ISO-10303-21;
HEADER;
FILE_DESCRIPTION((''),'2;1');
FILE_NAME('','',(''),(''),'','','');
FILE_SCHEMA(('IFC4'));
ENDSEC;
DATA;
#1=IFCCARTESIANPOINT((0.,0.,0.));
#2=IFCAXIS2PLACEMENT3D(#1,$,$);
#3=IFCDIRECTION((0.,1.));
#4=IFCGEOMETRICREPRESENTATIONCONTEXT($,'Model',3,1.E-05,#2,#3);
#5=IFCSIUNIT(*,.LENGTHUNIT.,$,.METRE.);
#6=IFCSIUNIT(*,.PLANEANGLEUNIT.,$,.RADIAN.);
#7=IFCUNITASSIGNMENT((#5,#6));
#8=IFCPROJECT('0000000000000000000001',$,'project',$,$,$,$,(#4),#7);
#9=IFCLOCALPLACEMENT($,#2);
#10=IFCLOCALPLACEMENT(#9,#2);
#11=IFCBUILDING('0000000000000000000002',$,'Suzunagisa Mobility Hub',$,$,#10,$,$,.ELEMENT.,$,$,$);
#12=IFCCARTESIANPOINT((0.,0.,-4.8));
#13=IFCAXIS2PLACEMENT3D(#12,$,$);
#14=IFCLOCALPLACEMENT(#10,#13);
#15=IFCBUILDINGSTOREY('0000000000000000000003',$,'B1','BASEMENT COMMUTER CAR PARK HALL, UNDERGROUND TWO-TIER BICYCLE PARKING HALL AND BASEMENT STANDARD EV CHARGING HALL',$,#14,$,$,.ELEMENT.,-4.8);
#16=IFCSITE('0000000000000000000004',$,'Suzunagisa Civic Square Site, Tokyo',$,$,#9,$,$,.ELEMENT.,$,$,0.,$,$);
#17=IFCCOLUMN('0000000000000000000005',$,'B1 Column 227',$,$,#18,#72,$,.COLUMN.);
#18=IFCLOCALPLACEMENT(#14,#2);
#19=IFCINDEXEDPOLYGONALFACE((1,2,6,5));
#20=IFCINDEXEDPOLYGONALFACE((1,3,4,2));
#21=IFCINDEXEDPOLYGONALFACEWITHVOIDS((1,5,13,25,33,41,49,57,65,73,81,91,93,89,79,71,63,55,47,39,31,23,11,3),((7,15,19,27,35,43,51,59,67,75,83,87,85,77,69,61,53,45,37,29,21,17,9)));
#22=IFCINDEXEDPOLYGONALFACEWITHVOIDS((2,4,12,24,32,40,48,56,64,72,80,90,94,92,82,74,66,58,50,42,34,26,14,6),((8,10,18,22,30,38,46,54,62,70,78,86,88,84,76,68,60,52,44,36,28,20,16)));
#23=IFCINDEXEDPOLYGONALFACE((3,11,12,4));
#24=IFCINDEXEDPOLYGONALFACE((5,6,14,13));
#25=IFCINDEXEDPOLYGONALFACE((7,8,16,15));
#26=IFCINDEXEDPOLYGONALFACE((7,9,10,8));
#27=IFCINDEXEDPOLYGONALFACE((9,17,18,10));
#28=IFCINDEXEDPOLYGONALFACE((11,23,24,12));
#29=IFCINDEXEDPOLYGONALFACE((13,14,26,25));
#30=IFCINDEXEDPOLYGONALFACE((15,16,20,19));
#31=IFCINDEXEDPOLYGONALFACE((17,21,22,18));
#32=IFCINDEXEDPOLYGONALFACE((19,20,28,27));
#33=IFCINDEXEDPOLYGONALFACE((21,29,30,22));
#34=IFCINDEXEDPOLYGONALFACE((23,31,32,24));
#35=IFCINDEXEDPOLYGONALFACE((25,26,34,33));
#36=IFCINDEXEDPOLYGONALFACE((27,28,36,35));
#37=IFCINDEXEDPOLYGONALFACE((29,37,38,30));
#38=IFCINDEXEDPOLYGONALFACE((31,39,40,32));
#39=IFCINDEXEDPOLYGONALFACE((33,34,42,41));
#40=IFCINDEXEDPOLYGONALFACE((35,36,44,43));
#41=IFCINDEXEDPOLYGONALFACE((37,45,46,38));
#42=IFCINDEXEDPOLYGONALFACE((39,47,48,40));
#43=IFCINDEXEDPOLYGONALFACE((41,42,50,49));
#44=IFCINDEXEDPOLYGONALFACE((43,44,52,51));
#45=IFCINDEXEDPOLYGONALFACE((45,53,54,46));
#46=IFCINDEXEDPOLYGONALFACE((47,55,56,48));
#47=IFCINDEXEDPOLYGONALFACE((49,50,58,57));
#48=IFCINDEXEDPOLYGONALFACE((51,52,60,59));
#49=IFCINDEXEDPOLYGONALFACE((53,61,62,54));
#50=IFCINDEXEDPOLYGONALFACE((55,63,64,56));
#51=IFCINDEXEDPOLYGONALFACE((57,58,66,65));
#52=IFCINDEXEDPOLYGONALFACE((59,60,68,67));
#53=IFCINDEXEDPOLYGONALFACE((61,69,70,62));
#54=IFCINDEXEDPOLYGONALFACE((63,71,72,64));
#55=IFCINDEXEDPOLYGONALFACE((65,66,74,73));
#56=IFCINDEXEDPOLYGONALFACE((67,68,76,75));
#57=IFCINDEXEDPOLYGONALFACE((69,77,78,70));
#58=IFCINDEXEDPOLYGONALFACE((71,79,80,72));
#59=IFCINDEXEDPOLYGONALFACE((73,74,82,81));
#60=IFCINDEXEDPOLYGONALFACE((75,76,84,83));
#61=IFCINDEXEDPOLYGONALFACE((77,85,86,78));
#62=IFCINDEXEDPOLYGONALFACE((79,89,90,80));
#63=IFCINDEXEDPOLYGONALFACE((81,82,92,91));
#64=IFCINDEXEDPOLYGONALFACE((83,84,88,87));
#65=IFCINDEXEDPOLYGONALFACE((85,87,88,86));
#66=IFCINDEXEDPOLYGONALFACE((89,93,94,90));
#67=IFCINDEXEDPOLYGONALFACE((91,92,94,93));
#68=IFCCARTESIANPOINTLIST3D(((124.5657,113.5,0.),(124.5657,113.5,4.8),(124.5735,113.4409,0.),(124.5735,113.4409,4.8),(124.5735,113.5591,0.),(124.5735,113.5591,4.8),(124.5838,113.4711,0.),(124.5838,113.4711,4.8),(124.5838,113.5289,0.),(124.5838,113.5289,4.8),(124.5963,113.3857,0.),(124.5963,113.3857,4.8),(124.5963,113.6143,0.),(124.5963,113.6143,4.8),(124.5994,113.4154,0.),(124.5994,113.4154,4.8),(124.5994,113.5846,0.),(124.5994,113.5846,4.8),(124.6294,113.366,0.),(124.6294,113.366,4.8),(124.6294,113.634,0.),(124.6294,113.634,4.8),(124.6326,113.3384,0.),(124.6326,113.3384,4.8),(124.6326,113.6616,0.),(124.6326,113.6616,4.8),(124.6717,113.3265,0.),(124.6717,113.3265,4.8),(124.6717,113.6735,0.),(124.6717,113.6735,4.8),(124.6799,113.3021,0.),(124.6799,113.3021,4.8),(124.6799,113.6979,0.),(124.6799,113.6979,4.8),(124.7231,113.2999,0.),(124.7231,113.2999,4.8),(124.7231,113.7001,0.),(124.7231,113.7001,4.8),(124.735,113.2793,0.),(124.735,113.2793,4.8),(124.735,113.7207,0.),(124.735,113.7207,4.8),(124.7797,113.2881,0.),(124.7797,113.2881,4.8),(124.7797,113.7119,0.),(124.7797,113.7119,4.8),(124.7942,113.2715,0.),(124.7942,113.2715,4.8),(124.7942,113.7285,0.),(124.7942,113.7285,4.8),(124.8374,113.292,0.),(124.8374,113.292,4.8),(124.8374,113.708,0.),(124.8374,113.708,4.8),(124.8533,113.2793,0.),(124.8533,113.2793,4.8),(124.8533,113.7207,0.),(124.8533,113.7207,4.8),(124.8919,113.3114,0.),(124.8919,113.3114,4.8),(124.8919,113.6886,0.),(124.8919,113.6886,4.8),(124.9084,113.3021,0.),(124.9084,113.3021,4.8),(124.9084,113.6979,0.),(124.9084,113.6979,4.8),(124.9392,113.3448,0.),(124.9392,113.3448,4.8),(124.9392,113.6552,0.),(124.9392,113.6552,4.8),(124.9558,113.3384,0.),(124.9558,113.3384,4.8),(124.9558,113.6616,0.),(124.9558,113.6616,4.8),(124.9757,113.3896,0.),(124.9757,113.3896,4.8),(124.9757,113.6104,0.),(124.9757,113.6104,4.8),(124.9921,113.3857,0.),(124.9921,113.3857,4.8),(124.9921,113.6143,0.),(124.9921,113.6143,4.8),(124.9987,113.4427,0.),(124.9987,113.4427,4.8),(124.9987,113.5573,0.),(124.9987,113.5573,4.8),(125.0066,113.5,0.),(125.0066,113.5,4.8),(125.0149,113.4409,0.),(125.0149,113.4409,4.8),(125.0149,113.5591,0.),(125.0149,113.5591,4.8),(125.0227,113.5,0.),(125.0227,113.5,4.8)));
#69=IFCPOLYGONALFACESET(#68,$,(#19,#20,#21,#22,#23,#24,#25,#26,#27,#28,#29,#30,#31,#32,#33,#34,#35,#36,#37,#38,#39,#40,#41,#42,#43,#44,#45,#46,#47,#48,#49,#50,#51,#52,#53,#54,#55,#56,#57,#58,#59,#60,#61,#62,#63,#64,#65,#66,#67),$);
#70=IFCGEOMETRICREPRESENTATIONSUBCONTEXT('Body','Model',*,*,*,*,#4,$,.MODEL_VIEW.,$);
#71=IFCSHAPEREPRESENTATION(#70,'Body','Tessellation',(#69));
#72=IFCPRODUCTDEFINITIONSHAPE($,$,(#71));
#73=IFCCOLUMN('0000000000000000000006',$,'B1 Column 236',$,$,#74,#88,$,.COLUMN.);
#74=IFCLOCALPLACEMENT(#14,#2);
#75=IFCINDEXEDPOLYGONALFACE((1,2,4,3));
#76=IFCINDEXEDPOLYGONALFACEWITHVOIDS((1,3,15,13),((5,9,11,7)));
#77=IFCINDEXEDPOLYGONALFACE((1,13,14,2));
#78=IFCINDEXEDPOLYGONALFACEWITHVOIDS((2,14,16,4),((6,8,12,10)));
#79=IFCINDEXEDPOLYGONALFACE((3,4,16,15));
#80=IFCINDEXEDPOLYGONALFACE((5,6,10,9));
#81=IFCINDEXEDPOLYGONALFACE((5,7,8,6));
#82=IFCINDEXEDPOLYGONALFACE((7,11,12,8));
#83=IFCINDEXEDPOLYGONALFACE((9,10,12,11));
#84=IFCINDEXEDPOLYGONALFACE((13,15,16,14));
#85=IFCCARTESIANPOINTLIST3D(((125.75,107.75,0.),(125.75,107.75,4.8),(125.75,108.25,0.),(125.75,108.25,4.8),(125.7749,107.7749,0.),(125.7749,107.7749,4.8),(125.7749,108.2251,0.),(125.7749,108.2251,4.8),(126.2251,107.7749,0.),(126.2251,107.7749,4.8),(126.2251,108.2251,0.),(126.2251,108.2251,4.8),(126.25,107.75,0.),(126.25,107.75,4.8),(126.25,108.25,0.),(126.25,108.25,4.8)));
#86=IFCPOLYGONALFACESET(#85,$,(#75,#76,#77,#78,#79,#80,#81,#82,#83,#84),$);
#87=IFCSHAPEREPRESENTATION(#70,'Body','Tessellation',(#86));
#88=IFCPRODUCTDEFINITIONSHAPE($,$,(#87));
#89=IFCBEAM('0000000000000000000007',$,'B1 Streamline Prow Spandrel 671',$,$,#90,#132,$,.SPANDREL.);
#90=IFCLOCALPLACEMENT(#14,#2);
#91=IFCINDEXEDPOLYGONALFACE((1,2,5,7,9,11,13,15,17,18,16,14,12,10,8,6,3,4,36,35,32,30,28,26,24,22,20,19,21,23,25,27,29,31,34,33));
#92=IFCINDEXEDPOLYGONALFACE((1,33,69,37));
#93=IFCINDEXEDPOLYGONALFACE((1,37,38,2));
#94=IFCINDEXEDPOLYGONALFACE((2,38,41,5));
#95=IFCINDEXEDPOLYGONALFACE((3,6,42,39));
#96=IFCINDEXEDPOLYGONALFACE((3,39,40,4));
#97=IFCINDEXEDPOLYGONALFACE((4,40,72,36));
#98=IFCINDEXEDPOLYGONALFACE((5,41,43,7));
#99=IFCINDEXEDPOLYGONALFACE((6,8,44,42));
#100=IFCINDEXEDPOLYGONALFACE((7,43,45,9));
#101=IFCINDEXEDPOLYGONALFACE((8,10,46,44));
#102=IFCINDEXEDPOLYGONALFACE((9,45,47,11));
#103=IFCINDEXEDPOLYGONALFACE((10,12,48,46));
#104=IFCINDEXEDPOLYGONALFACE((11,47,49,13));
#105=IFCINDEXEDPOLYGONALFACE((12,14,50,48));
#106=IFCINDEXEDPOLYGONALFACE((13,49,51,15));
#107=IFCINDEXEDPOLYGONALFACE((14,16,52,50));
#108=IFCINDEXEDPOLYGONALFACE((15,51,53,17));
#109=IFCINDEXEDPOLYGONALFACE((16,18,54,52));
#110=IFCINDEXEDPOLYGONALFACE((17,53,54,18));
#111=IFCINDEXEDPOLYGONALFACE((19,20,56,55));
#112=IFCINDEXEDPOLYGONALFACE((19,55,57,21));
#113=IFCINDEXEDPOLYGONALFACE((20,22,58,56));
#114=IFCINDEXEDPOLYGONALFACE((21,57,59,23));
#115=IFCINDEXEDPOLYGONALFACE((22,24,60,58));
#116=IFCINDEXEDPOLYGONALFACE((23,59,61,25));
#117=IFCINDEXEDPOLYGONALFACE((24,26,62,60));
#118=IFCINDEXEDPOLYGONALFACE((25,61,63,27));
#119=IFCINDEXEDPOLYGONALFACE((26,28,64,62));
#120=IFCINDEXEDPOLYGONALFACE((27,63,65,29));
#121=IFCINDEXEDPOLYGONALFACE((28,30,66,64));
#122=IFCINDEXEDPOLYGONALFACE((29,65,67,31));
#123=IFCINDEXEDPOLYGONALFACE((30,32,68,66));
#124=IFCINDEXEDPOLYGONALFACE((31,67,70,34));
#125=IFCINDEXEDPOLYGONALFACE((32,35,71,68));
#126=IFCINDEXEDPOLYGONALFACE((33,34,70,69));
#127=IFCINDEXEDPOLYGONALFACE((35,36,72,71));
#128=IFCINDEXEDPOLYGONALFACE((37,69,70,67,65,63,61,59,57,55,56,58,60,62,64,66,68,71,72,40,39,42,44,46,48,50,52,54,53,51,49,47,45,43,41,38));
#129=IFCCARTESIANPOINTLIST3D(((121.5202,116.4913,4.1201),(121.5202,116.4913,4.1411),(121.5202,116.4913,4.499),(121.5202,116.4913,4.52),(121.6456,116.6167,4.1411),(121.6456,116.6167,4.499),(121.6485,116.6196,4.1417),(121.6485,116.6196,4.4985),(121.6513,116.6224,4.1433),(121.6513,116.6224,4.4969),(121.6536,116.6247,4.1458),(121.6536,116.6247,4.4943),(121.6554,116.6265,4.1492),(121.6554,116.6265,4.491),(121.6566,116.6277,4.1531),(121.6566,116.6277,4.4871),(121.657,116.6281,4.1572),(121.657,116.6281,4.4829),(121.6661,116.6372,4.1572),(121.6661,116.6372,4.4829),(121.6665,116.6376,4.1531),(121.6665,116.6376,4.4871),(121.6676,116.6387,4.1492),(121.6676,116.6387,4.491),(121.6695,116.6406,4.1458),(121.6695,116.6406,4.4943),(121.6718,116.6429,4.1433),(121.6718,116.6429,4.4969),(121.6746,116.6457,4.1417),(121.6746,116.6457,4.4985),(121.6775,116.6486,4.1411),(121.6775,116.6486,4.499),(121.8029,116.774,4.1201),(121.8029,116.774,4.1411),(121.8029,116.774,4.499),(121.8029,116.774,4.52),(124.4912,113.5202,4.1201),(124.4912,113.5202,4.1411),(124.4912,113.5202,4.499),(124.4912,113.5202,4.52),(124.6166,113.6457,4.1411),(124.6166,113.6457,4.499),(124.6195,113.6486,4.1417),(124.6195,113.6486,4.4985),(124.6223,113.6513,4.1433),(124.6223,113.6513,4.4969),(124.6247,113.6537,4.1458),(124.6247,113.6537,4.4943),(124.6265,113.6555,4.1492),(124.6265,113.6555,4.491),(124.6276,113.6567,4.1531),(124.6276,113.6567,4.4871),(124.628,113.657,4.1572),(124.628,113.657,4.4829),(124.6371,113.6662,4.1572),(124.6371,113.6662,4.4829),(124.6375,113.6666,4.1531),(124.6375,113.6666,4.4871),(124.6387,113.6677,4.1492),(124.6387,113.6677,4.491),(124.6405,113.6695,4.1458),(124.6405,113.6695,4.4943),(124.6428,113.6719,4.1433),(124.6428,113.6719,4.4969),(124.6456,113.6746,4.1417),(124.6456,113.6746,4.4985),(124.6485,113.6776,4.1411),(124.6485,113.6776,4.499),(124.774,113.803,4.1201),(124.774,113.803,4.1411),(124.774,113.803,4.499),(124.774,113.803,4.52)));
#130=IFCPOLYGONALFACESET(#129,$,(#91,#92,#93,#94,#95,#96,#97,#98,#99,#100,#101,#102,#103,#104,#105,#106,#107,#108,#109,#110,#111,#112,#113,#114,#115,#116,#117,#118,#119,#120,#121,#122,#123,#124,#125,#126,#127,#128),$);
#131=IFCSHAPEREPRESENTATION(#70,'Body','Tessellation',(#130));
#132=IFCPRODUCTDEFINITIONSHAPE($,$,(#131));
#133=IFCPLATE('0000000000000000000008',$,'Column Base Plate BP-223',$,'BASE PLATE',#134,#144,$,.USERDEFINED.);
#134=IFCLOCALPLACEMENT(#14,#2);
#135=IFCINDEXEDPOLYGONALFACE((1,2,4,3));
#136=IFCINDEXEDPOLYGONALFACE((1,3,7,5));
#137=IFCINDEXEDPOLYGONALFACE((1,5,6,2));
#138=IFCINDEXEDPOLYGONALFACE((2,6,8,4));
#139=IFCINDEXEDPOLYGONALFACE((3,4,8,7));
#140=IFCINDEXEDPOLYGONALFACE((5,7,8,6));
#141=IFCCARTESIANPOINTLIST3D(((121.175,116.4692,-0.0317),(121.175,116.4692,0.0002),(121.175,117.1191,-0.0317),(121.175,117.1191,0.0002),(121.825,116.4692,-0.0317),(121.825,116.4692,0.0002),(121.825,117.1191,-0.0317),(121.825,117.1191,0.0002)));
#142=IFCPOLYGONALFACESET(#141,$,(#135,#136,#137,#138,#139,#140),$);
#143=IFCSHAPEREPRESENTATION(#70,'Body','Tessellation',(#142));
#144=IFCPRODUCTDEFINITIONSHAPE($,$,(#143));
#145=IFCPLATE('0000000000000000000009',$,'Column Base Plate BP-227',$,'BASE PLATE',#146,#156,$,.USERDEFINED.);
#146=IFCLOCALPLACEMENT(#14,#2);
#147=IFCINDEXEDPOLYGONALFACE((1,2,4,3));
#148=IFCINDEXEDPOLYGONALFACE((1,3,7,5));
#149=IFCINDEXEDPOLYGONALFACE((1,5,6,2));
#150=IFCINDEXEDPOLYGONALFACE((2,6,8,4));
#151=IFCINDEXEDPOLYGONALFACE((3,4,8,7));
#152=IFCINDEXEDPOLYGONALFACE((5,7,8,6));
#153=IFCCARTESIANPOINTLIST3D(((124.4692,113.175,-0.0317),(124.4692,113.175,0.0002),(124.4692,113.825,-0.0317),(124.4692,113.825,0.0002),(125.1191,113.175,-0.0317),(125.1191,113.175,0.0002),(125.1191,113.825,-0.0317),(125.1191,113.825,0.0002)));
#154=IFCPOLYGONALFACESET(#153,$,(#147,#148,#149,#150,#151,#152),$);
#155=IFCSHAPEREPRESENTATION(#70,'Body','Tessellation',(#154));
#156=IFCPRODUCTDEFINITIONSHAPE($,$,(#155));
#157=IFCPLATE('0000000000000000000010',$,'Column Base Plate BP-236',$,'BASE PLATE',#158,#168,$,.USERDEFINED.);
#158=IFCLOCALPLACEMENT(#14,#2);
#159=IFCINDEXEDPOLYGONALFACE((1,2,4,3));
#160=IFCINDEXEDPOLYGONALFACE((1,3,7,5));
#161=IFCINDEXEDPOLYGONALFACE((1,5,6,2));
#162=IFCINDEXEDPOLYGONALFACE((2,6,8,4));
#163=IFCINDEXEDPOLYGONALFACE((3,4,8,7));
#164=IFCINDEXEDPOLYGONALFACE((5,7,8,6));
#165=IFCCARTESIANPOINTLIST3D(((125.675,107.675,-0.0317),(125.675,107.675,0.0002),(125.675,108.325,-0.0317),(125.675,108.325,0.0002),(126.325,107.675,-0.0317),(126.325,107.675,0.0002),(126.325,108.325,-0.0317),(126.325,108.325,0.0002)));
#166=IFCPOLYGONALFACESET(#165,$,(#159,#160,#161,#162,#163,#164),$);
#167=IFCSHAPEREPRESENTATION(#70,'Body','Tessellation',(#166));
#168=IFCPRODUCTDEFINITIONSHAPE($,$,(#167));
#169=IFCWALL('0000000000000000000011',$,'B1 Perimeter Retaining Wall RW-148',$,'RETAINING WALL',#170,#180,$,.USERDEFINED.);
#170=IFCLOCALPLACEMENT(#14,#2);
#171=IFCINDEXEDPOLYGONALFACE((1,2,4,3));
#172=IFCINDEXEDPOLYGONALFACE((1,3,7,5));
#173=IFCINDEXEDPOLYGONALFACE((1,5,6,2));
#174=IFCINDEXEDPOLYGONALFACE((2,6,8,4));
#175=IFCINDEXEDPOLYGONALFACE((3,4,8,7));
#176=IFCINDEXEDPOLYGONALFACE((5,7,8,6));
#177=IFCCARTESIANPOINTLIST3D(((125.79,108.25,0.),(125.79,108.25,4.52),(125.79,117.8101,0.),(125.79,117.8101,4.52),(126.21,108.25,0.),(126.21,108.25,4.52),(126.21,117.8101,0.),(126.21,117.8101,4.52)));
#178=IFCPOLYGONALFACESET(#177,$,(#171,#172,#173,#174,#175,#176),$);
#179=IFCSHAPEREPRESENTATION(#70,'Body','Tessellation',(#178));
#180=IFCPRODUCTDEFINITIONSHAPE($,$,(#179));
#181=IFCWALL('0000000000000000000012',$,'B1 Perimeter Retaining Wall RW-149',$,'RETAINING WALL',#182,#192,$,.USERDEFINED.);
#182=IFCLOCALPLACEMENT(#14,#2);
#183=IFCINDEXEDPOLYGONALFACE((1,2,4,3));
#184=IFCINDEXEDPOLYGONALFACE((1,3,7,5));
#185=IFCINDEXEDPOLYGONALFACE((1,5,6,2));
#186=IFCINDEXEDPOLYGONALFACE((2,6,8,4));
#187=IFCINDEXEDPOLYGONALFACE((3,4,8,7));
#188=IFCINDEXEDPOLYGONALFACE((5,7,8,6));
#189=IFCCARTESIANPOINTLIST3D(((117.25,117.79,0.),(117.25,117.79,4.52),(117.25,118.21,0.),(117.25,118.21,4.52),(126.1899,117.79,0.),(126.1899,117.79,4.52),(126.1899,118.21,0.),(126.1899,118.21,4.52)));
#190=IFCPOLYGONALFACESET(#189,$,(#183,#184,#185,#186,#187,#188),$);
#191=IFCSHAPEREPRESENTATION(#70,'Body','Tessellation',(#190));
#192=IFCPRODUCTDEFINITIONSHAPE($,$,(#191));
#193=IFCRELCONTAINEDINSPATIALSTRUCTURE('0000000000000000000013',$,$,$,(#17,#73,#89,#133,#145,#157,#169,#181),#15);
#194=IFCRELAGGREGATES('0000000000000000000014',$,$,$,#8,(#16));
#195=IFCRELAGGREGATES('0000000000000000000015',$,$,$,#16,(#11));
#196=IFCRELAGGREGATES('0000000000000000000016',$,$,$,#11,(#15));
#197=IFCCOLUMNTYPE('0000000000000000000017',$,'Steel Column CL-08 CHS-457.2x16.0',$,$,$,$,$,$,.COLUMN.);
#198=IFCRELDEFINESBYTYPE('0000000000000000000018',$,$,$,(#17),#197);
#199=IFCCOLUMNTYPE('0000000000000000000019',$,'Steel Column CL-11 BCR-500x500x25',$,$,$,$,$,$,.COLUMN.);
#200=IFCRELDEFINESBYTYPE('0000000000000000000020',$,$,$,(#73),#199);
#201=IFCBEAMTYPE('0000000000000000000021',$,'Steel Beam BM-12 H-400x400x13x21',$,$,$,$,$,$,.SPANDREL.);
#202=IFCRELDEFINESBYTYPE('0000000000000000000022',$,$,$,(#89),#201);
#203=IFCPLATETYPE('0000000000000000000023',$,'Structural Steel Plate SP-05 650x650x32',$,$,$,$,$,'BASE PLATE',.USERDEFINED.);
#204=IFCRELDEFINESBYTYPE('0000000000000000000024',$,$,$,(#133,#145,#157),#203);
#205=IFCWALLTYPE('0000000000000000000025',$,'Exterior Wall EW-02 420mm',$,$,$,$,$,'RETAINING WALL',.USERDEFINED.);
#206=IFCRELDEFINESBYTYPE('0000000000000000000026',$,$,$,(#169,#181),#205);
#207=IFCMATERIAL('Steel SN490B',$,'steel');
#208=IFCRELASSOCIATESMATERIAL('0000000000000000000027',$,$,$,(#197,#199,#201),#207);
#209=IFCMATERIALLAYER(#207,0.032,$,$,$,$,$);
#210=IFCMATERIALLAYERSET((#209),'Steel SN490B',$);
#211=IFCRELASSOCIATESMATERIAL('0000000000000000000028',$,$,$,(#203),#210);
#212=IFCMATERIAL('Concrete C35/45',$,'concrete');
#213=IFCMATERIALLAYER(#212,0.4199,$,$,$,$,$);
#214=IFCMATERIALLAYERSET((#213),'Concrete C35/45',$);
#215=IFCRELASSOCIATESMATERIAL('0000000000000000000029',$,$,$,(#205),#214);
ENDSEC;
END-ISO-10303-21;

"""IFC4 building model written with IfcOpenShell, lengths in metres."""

from ifc_helpers import new_model, si_unit, direction, frame, frame_2d, origin, origin_2d, place, context, subcontext, project, spatial, rectangle, hollow_rectangle, hollow_circle, i_section, extrude, material, layer, layer_set, material_profile, profile_set, type_object, element, save


model = new_model("IFC4")

# Units and contexts
model_context = context("Model", 3, precision=1e-05, world=origin(), true_north=direction((0.0, 1.0)))
body_context = subcontext(model_context, "Body", "Model", "MODEL_VIEW")
ifc_project = project(units=[si_unit("LENGTHUNIT", "METRE"), si_unit("PLANEANGLEUNIT", "RADIAN")], contexts=[model_context])

# Site, building, storey
site_placement = place(None, origin())
site = spatial("IfcSite", under=ifc_project, at=site_placement, Name="Suzunagisa Civic Square Site, Tokyo", CompositionType="ELEMENT", RefElevation=0.0)
building_placement = place(site_placement, origin())
building = spatial("IfcBuilding", under=site, at=building_placement, Name="Suzunagisa Mobility Hub", CompositionType="ELEMENT")
storey_placement = place(building_placement, frame((0.0, 0.0, -4.8)))
storey = spatial("IfcBuildingStorey", under=building, at=storey_placement, Name="B1", Description="BASEMENT COMMUTER CAR PARK HALL, UNDERGROUND TWO-TIER BICYCLE PARKING HALL AND BASEMENT STANDARD EV CHARGING HALL", CompositionType="ELEMENT", Elevation=-4.8)

# Shared definitions
ifc_material_1 = material(Name="Concrete C35/45", Category="concrete")

# Columns
ifc_material_2 = material(Name="Steel SN490B", Category="steel")
ifc_material_profile_1 = material_profile(ifc_material_2, hollow_circle(Radius=0.2285, WallThickness=0.0161, at=origin_2d()), Name="CHS-457.2x16.0")
ifc_profile_set_1 = profile_set([ifc_material_profile_1], Name="Steel SN490B")
column_type_1 = type_object("IfcColumnType", Name="Steel Column CL-08 CHS-457.2x16.0", PredefinedType="COLUMN", material=ifc_profile_set_1)
for number, where, z_axis, x_axis, name in (
    (1, (124.7942, 113.5, 0.0), (0.0, 0.0, 1.0), (1.0, 0.0, 0.0), "B1 Column 227"),
):
    element("IfcColumn", number, at=place(storey_placement, frame(where, z_axis=z_axis, x_axis=x_axis)), inside=storey, type_object=column_type_1, Name=name, PredefinedType="COLUMN", context=body_context, shape_type="SweptSolid", body=[
        extrude(hollow_circle(Radius=0.2285, WallThickness=0.0161, at=origin_2d()), origin(), (0.0, 0.0, 1.0), 4.8),
    ])
ifc_material_profile_2 = material_profile(ifc_material_2, hollow_rectangle(XDim=0.5, YDim=0.5, WallThickness=0.0249, at=origin_2d()), Name="BCR-500x500x25")
ifc_profile_set_2 = profile_set([ifc_material_profile_2], Name="Steel SN490B")
column_type_2 = type_object("IfcColumnType", Name="Steel Column CL-11 BCR-500x500x25", PredefinedType="COLUMN", material=ifc_profile_set_2)
column_placement = place(storey_placement, frame((126.0, 108.0, 0.0), z_axis=(0.0, 0.0, 1.0), x_axis=(1.0, 0.0, 0.0)))
element("IfcColumn", 2, at=column_placement, inside=storey, type_object=column_type_2, Name="B1 Column 236", PredefinedType="COLUMN", context=body_context, shape_type="SweptSolid", body=[
    extrude(hollow_rectangle(XDim=0.5, YDim=0.5, WallThickness=0.0249, at=origin_2d()), origin(), (0.0, 0.0, 1.0), 4.8),
])

# Beam
ifc_material_profile_3 = material_profile(ifc_material_2, i_section(OverallWidth=0.3999, OverallDepth=0.3999, WebThickness=0.0129, FlangeThickness=0.021, FilletRadius=0.0161, at=origin_2d()), Name="H-400x400x13x21")
ifc_profile_set_3 = profile_set([ifc_material_profile_3], Name="Steel SN490B")
beam_type = type_object("IfcBeamType", Name="Steel Beam BM-12 H-400x400x13x21", PredefinedType="SPANDREL", material=ifc_profile_set_3)
beam_placement = place(storey_placement, frame((124.6326, 113.6616, 4.3201), z_axis=(-0.707107, 0.707107, 0.0), x_axis=(-0.707107, -0.707107, 0.0)))
element("IfcBeam", 3, at=beam_placement, inside=storey, type_object=beam_type, Name="B1 Streamline Prow Spandrel 671", PredefinedType="SPANDREL", context=body_context, shape_type="SweptSolid", body=[
    extrude(i_section(OverallWidth=0.3999, OverallDepth=0.3999, WebThickness=0.0129, FlangeThickness=0.021, FilletRadius=0.0161, at=origin_2d()), origin(), (0.0, 0.0, 1.0), 4.2017),
])

# Plates
ifc_layer_1 = layer(ifc_material_2, 0.032)
ifc_layer_set_1 = layer_set([ifc_layer_1], Name="Steel SN490B")
plate_type = type_object("IfcPlateType", Name="Structural Steel Plate SP-05 650x650x32", ElementType="BASE PLATE", PredefinedType="USERDEFINED", material=ifc_layer_set_1)
for number, where, z_axis, x_axis, name in (
    (4, (121.5, 116.7942, -0.0317), (0.0, 0.0, 1.0), (1.0, 0.0, 0.0), "Column Base Plate BP-223"),
    (5, (124.7942, 113.5, -0.0317), (0.0, 0.0, 1.0), (1.0, 0.0, 0.0), "Column Base Plate BP-227"),
    (6, (126.0, 108.0, -0.0317), (0.0, 0.0, 1.0), (1.0, 0.0, 0.0), "Column Base Plate BP-236"),
):
    element("IfcPlate", number, at=place(storey_placement, frame(where, z_axis=z_axis, x_axis=x_axis)), inside=storey, type_object=plate_type, Name=name, ObjectType="BASE PLATE", PredefinedType="USERDEFINED", context=body_context, shape_type="SweptSolid", body=[
        extrude(rectangle(XDim=0.6499, YDim=0.6499, at=origin_2d()), origin(), (0.0, 0.0, 1.0), 0.032),
    ])

# Walls
ifc_layer_2 = layer(ifc_material_1, 0.4199)
ifc_layer_set_2 = layer_set([ifc_layer_2], Name="Concrete C35/45")
wall_type = type_object("IfcWallType", Name="Exterior Wall EW-02 420mm", ElementType="RETAINING WALL", PredefinedType="USERDEFINED", material=ifc_layer_set_2)
wall_1_placement = place(storey_placement, frame((126.0, 108.25, 0.0), z_axis=(0.0, 0.0, 1.0), x_axis=(0.0, 1.0, 0.0)))
element("IfcWall", 7, at=wall_1_placement, inside=storey, type_object=wall_type, Name="B1 Perimeter Retaining Wall RW-148", ObjectType="RETAINING WALL", PredefinedType="USERDEFINED", context=body_context, shape_type="SweptSolid", body=[
    extrude(rectangle(XDim=9.5601, YDim=0.4199, at=frame_2d((4.78, 0.0))), origin(), (0.0, 0.0, 1.0), 4.52),
])
wall_2_placement = place(storey_placement, frame((126.1899, 118.0, 0.0), z_axis=(0.0, 0.0, 1.0), x_axis=(-1.0, 0.0, 0.0)))
element("IfcWall", 8, at=wall_2_placement, inside=storey, type_object=wall_type, Name="B1 Perimeter Retaining Wall RW-149", ObjectType="RETAINING WALL", PredefinedType="USERDEFINED", context=body_context, shape_type="SweptSolid", body=[
    extrude(rectangle(XDim=8.9399, YDim=0.4199, at=frame_2d((4.47, 0.0))), origin(), (0.0, 0.0, 1.0), 4.52),
])

save(model, "model.ifc")
